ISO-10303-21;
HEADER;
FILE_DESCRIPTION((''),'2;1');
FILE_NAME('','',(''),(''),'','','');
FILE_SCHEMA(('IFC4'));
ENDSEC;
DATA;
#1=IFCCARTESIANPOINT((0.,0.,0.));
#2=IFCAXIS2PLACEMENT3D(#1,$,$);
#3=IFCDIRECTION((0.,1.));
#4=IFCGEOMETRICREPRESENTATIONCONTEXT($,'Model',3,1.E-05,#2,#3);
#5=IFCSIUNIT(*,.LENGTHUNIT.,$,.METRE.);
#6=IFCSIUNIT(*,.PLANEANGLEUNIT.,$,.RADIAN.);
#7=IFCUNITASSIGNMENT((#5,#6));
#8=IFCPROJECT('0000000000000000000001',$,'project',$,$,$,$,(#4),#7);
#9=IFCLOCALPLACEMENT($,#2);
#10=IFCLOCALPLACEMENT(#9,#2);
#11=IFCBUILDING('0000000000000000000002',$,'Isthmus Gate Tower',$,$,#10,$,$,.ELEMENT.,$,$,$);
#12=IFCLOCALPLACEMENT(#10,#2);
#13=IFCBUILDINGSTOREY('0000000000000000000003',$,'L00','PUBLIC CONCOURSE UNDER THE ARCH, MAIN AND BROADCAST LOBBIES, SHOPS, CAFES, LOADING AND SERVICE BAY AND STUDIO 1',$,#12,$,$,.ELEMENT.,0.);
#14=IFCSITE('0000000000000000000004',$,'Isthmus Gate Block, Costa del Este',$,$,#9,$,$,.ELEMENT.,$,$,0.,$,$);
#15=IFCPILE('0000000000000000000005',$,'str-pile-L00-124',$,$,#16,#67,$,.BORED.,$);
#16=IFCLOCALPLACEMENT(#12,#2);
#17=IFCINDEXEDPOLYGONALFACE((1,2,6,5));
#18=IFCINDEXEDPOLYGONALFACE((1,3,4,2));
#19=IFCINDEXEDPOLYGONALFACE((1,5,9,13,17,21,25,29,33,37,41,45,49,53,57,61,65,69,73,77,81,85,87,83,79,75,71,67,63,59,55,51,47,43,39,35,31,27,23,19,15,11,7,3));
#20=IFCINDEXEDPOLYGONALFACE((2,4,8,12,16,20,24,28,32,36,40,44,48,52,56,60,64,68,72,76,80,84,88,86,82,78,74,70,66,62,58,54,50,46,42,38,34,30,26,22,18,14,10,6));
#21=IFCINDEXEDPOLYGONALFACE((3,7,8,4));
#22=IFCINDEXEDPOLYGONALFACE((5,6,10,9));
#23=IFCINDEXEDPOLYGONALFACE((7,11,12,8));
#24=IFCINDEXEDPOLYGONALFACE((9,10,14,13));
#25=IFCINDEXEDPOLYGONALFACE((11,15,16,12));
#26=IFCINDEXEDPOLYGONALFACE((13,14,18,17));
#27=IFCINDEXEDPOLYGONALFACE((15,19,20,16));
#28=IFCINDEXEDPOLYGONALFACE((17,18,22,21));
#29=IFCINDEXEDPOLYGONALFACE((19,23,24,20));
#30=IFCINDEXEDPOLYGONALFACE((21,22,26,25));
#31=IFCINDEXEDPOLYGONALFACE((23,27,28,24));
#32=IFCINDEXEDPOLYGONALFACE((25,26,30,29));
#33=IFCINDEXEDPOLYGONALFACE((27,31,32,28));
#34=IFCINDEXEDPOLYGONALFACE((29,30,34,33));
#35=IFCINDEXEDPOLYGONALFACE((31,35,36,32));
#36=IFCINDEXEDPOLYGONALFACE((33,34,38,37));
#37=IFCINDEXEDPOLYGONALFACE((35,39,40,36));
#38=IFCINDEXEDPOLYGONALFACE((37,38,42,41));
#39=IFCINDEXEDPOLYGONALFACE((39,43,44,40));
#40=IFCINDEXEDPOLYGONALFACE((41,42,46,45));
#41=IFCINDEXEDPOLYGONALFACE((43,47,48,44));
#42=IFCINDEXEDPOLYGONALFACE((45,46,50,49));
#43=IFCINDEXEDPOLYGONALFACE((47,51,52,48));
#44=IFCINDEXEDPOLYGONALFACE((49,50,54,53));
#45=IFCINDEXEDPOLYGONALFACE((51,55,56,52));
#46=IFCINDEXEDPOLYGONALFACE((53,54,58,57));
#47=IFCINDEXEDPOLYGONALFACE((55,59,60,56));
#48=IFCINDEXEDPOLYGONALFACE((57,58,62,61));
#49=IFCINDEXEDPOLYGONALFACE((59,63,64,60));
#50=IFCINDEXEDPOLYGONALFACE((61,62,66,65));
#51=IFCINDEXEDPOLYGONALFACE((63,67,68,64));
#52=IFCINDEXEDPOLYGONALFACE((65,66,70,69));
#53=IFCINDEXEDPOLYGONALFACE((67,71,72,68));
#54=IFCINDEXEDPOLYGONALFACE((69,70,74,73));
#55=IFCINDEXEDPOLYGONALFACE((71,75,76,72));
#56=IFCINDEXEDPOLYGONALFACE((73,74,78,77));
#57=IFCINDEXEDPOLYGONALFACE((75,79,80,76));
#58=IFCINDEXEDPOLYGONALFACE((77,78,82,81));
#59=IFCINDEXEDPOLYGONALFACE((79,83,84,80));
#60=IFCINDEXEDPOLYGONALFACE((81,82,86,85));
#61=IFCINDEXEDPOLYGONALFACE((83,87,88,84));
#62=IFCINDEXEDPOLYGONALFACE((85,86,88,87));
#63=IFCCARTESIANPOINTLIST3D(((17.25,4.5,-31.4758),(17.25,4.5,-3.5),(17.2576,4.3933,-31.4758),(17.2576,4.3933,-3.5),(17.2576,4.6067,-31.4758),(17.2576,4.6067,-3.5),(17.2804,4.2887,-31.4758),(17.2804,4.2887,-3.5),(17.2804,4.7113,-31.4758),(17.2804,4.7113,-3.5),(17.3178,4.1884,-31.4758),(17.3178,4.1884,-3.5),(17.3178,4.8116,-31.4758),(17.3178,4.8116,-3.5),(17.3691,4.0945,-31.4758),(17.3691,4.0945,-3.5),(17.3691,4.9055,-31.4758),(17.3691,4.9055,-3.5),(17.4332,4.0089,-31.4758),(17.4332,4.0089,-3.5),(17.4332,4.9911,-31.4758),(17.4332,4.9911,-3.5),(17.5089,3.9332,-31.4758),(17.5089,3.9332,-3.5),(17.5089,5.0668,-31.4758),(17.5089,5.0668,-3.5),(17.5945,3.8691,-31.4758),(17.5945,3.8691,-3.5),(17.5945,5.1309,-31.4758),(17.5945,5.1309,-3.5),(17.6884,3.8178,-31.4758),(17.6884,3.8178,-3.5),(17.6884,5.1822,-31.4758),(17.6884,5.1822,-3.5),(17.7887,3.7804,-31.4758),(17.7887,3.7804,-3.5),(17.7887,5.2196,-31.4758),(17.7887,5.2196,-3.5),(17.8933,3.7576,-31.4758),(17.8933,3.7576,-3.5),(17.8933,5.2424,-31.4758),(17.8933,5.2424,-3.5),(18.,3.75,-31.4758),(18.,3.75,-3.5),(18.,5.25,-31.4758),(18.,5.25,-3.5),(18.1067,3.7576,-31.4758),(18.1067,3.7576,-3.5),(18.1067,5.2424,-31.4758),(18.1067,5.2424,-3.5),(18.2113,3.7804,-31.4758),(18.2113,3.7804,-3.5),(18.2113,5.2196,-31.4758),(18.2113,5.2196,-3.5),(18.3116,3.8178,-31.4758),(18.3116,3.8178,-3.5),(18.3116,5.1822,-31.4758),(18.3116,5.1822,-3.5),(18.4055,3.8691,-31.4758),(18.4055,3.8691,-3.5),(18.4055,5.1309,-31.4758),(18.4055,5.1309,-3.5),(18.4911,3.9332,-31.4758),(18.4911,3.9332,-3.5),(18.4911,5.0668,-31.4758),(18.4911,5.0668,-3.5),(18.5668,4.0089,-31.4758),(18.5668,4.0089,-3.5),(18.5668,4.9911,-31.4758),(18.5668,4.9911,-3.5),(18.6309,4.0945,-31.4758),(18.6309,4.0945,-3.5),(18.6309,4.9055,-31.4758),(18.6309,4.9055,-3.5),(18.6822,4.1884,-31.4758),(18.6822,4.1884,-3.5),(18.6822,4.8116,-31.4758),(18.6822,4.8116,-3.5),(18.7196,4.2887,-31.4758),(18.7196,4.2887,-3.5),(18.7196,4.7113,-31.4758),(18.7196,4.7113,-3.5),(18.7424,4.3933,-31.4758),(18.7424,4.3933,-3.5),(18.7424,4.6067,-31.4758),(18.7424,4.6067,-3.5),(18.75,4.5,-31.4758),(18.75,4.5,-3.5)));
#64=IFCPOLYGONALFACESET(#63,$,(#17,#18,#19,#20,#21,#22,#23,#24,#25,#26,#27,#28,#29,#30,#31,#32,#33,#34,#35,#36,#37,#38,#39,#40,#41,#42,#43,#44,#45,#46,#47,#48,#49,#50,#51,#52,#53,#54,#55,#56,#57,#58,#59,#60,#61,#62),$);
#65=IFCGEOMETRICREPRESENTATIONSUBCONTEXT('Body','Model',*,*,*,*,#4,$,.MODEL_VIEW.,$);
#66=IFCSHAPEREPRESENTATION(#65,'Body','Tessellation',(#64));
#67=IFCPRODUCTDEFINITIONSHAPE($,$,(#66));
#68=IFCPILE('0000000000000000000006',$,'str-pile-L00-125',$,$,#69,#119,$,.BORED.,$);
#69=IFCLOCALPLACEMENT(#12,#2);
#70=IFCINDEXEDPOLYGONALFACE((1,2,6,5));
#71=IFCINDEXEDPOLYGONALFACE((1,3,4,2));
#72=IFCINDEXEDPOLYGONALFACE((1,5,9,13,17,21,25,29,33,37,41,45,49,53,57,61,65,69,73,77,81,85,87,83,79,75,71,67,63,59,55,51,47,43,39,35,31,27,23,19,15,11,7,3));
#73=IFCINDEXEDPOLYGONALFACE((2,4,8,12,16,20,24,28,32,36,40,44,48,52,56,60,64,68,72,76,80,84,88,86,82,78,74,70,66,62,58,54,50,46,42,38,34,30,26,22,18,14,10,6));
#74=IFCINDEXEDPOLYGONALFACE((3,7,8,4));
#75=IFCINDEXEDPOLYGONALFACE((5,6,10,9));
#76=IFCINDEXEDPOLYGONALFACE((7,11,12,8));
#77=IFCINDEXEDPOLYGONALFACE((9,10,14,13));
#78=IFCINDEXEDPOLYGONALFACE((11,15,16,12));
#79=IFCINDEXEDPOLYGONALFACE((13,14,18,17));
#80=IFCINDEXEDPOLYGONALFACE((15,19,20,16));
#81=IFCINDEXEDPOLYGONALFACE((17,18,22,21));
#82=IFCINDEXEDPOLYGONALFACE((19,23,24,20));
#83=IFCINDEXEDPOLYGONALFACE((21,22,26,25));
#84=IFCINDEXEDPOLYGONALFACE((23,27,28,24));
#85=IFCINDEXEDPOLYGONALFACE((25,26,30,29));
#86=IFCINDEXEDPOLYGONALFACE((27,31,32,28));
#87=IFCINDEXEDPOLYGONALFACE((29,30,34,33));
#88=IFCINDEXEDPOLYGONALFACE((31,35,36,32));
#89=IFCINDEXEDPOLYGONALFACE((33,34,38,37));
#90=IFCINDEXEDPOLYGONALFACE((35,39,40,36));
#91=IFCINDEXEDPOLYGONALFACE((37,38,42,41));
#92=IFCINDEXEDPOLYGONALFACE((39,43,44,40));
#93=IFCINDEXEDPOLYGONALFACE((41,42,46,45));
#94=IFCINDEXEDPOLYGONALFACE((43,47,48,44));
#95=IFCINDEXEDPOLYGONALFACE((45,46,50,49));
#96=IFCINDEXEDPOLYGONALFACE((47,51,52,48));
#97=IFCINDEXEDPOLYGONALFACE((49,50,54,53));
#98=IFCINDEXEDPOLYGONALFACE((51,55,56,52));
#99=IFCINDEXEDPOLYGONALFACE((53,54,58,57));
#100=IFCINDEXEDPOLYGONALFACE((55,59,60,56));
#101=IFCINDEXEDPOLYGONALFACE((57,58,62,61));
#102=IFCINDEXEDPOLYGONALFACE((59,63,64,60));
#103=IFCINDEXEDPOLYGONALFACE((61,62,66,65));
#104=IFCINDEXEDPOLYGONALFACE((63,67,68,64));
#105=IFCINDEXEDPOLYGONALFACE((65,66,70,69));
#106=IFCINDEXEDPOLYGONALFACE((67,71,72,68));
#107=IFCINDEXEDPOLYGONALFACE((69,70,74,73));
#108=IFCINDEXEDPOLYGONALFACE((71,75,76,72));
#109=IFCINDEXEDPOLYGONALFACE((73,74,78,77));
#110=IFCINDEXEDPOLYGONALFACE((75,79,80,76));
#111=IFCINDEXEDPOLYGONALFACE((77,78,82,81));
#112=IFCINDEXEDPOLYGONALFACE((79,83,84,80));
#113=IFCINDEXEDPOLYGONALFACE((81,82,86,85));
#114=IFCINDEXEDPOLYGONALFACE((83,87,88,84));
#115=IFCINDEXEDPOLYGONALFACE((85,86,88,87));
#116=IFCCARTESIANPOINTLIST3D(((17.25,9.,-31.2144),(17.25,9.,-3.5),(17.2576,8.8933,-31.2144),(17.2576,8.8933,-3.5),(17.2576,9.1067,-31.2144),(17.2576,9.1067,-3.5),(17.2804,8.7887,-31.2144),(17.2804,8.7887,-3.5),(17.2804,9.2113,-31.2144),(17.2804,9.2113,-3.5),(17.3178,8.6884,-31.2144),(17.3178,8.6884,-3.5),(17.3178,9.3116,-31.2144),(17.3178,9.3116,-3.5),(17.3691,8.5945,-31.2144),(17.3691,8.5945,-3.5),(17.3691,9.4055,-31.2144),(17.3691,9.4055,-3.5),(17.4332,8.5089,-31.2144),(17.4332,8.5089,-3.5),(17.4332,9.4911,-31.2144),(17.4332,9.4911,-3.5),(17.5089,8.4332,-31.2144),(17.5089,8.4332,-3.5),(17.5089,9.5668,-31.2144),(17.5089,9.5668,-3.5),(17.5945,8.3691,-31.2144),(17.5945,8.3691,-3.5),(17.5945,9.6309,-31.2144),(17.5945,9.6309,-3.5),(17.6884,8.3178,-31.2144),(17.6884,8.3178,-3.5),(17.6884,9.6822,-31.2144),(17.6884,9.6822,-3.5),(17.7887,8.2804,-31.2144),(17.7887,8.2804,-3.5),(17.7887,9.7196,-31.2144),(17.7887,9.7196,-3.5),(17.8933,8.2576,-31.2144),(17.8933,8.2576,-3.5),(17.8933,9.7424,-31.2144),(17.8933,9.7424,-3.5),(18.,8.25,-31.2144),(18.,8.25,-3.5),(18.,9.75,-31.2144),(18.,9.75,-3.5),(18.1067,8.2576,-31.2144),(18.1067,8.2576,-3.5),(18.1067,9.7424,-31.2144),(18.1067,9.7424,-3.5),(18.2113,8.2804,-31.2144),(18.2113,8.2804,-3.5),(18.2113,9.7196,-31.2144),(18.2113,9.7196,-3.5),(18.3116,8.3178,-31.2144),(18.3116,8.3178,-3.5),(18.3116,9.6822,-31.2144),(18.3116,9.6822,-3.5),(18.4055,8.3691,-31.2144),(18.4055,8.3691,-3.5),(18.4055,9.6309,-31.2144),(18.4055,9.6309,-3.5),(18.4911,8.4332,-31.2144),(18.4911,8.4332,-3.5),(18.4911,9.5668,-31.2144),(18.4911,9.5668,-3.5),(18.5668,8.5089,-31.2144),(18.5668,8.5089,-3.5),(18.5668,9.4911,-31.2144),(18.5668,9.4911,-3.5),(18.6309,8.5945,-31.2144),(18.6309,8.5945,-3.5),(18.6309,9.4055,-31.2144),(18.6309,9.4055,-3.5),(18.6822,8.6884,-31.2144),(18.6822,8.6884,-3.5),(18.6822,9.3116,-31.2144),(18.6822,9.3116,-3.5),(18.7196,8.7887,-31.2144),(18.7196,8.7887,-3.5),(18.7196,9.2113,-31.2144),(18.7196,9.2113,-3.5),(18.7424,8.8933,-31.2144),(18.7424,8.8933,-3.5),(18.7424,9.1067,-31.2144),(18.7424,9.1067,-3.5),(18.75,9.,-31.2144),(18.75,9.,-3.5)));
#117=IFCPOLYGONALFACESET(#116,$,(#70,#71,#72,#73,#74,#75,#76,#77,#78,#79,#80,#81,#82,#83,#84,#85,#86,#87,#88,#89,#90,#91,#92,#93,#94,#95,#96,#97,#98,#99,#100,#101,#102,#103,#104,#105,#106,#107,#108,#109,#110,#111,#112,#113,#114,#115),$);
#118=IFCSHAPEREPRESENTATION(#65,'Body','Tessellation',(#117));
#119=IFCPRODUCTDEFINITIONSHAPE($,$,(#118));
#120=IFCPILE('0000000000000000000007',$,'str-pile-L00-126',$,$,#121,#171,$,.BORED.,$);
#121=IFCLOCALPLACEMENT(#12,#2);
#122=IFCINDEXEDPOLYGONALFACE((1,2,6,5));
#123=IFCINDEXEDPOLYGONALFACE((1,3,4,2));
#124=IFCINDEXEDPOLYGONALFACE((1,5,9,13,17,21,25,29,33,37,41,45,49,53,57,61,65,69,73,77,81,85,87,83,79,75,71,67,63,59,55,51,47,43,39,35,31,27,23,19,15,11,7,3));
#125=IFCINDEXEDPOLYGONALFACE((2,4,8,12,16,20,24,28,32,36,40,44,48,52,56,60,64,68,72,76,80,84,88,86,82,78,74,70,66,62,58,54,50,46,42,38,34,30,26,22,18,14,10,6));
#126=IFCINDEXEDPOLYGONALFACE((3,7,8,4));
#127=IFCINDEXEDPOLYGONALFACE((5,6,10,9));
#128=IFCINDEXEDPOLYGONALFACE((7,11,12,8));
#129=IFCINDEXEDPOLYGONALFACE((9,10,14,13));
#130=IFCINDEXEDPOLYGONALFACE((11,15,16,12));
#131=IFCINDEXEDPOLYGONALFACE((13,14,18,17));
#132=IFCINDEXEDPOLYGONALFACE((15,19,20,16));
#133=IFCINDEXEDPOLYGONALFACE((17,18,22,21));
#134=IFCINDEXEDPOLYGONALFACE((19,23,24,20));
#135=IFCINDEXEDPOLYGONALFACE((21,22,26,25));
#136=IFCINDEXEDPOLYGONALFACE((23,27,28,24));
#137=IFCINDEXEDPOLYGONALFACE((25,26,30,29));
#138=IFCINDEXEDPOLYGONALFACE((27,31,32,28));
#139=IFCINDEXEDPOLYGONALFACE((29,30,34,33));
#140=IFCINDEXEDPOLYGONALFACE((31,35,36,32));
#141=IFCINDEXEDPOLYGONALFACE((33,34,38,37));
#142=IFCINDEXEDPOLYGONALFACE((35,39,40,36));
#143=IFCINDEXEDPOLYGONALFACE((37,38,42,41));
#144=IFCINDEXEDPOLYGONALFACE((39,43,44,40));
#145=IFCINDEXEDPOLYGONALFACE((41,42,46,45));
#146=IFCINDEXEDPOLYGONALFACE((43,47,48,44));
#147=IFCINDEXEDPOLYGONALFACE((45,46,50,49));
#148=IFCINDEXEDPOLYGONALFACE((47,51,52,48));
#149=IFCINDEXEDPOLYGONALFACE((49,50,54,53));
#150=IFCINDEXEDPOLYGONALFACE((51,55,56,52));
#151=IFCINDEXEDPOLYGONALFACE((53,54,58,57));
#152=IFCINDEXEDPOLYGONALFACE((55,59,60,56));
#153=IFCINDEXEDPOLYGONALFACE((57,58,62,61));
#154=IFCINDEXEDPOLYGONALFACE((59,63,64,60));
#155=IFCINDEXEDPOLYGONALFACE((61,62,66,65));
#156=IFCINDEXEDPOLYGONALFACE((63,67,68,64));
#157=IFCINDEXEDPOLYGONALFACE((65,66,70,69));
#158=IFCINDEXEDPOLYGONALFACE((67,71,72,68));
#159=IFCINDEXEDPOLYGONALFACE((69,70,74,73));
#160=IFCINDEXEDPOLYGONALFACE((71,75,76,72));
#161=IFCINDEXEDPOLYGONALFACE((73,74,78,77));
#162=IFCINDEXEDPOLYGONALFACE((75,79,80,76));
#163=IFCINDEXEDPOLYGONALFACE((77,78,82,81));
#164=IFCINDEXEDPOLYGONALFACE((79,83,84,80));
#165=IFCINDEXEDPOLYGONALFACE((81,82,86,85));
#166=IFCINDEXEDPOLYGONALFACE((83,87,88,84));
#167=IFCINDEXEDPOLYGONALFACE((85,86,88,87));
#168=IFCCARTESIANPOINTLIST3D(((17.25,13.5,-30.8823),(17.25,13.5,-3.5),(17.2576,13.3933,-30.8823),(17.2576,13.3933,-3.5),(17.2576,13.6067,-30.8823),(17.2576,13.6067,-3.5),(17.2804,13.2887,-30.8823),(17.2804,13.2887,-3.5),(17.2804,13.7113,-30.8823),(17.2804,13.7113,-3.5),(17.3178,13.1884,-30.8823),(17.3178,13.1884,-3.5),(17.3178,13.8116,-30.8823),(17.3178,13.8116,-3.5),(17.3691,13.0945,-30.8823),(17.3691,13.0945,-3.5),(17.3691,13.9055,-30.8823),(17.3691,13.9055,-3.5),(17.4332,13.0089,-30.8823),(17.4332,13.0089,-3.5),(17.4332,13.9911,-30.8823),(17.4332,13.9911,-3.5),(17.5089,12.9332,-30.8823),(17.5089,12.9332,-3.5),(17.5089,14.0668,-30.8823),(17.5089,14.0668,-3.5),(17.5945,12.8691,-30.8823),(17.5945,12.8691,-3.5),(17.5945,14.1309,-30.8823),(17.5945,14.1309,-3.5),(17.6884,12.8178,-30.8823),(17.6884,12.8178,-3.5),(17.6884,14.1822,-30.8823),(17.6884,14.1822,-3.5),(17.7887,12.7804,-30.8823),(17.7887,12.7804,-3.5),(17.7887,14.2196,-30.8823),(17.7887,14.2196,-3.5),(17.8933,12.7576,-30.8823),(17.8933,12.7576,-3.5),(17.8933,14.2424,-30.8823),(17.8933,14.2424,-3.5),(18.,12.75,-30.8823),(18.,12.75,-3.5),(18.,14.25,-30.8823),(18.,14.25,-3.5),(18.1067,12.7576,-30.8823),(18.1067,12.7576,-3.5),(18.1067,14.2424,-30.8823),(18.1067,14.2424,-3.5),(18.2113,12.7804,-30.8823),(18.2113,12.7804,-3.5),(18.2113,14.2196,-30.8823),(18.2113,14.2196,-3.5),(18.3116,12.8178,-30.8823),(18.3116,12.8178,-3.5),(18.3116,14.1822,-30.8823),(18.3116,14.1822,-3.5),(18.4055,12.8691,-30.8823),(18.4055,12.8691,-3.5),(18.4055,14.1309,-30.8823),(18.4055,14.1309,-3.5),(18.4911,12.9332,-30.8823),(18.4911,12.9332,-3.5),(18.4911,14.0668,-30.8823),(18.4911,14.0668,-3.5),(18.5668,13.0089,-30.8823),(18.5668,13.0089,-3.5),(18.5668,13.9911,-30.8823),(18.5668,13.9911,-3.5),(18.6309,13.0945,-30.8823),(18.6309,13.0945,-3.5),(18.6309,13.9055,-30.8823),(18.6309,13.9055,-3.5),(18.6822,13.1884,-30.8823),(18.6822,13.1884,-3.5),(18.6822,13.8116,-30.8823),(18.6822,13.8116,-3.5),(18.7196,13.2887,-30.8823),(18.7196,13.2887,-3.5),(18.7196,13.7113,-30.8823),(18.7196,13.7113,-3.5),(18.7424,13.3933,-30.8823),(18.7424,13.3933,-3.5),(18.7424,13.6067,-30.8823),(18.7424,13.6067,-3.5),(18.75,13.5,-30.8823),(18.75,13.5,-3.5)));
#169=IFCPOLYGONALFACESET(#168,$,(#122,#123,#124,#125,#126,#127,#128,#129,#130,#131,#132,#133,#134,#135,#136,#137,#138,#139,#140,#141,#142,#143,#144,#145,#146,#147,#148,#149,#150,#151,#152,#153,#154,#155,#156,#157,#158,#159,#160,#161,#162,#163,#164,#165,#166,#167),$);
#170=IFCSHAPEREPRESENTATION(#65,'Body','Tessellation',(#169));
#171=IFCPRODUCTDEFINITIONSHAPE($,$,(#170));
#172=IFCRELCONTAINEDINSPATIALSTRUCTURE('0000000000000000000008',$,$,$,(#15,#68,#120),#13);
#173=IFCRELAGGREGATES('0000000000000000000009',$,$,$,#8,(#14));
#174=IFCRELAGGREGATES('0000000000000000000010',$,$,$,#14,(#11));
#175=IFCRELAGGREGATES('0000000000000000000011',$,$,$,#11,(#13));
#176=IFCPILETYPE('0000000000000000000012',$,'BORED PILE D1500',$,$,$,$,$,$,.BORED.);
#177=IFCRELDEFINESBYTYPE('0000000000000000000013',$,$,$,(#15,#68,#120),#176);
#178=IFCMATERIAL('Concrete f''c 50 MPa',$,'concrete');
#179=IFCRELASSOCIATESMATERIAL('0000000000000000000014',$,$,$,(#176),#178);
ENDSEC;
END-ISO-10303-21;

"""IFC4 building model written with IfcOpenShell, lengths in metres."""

from ifc_helpers import new_model, si_unit, direction, frame, origin, origin_2d, place, context, subcontext, project, spatial, circle, extrude, material, material_profile, profile_set, type_object, element, save


model = new_model("IFC4")

# Units and contexts
model_context = context("Model", 3, precision=1e-05, world=origin(), true_north=direction((0.0, 1.0)))
body_context = subcontext(model_context, "Body", "Model", "MODEL_VIEW")
ifc_project = project(units=[si_unit("LENGTHUNIT", "METRE"), si_unit("PLANEANGLEUNIT", "RADIAN")], contexts=[model_context])

# Site, building, storey
site_placement = place(None, origin())
site = spatial("IfcSite", under=ifc_project, at=site_placement, Name="Isthmus Gate Block, Costa del Este", CompositionType="ELEMENT", RefElevation=0.0)
building_placement = place(site_placement, origin())
building = spatial("IfcBuilding", under=site, at=building_placement, Name="Isthmus Gate Tower", CompositionType="ELEMENT")
storey_placement = place(building_placement, origin())
storey = spatial("IfcBuildingStorey", under=building, at=storey_placement, Name="L00", Description="PUBLIC CONCOURSE UNDER THE ARCH, MAIN AND BROADCAST LOBBIES, SHOPS, CAFES, LOADING AND SERVICE BAY AND STUDIO 1", CompositionType="ELEMENT", Elevation=0.0)

# Piles
ifc_material_1 = material(Name="Concrete f'c 50 MPa", Category="concrete")
ifc_material_profile_1 = material_profile(ifc_material_1, circle(Radius=0.75, at=origin_2d()), Name="D1500")
ifc_profile_set_1 = profile_set([ifc_material_profile_1], Name="Concrete f'c 50 MPa")
pile_type = type_object("IfcPileType", Name="BORED PILE D1500", PredefinedType="BORED", material=ifc_profile_set_1)
pile_1_placement = place(storey_placement, frame((18.0, 4.5, -3.5), z_axis=(0.0, 0.0, -1.0), x_axis=(1.0, 0.0, 0.0)))
element("IfcPile", 1, at=pile_1_placement, inside=storey, type_object=pile_type, Name="str-pile-L00-124", PredefinedType="BORED", context=body_context, shape_type="SweptSolid", body=[
    extrude(circle(Radius=0.75, at=origin_2d()), origin(), (0.0, 0.0, 1.0), 27.9758),
])
pile_2_placement = place(storey_placement, frame((18.0, 9.0, -3.5), z_axis=(0.0, 0.0, -1.0), x_axis=(1.0, 0.0, 0.0)))
element("IfcPile", 2, at=pile_2_placement, inside=storey, type_object=pile_type, Name="str-pile-L00-125", PredefinedType="BORED", context=body_context, shape_type="SweptSolid", body=[
    extrude(circle(Radius=0.75, at=origin_2d()), origin(), (0.0, 0.0, 1.0), 27.7144),
])
pile_3_placement = place(storey_placement, frame((18.0, 13.5, -3.5), z_axis=(0.0, 0.0, -1.0), x_axis=(1.0, 0.0, 0.0)))
element("IfcPile", 3, at=pile_3_placement, inside=storey, type_object=pile_type, Name="str-pile-L00-126", PredefinedType="BORED", context=body_context, shape_type="SweptSolid", body=[
    extrude(circle(Radius=0.75, at=origin_2d()), origin(), (0.0, 0.0, 1.0), 27.3823),
])

save(model, "model.ifc")
